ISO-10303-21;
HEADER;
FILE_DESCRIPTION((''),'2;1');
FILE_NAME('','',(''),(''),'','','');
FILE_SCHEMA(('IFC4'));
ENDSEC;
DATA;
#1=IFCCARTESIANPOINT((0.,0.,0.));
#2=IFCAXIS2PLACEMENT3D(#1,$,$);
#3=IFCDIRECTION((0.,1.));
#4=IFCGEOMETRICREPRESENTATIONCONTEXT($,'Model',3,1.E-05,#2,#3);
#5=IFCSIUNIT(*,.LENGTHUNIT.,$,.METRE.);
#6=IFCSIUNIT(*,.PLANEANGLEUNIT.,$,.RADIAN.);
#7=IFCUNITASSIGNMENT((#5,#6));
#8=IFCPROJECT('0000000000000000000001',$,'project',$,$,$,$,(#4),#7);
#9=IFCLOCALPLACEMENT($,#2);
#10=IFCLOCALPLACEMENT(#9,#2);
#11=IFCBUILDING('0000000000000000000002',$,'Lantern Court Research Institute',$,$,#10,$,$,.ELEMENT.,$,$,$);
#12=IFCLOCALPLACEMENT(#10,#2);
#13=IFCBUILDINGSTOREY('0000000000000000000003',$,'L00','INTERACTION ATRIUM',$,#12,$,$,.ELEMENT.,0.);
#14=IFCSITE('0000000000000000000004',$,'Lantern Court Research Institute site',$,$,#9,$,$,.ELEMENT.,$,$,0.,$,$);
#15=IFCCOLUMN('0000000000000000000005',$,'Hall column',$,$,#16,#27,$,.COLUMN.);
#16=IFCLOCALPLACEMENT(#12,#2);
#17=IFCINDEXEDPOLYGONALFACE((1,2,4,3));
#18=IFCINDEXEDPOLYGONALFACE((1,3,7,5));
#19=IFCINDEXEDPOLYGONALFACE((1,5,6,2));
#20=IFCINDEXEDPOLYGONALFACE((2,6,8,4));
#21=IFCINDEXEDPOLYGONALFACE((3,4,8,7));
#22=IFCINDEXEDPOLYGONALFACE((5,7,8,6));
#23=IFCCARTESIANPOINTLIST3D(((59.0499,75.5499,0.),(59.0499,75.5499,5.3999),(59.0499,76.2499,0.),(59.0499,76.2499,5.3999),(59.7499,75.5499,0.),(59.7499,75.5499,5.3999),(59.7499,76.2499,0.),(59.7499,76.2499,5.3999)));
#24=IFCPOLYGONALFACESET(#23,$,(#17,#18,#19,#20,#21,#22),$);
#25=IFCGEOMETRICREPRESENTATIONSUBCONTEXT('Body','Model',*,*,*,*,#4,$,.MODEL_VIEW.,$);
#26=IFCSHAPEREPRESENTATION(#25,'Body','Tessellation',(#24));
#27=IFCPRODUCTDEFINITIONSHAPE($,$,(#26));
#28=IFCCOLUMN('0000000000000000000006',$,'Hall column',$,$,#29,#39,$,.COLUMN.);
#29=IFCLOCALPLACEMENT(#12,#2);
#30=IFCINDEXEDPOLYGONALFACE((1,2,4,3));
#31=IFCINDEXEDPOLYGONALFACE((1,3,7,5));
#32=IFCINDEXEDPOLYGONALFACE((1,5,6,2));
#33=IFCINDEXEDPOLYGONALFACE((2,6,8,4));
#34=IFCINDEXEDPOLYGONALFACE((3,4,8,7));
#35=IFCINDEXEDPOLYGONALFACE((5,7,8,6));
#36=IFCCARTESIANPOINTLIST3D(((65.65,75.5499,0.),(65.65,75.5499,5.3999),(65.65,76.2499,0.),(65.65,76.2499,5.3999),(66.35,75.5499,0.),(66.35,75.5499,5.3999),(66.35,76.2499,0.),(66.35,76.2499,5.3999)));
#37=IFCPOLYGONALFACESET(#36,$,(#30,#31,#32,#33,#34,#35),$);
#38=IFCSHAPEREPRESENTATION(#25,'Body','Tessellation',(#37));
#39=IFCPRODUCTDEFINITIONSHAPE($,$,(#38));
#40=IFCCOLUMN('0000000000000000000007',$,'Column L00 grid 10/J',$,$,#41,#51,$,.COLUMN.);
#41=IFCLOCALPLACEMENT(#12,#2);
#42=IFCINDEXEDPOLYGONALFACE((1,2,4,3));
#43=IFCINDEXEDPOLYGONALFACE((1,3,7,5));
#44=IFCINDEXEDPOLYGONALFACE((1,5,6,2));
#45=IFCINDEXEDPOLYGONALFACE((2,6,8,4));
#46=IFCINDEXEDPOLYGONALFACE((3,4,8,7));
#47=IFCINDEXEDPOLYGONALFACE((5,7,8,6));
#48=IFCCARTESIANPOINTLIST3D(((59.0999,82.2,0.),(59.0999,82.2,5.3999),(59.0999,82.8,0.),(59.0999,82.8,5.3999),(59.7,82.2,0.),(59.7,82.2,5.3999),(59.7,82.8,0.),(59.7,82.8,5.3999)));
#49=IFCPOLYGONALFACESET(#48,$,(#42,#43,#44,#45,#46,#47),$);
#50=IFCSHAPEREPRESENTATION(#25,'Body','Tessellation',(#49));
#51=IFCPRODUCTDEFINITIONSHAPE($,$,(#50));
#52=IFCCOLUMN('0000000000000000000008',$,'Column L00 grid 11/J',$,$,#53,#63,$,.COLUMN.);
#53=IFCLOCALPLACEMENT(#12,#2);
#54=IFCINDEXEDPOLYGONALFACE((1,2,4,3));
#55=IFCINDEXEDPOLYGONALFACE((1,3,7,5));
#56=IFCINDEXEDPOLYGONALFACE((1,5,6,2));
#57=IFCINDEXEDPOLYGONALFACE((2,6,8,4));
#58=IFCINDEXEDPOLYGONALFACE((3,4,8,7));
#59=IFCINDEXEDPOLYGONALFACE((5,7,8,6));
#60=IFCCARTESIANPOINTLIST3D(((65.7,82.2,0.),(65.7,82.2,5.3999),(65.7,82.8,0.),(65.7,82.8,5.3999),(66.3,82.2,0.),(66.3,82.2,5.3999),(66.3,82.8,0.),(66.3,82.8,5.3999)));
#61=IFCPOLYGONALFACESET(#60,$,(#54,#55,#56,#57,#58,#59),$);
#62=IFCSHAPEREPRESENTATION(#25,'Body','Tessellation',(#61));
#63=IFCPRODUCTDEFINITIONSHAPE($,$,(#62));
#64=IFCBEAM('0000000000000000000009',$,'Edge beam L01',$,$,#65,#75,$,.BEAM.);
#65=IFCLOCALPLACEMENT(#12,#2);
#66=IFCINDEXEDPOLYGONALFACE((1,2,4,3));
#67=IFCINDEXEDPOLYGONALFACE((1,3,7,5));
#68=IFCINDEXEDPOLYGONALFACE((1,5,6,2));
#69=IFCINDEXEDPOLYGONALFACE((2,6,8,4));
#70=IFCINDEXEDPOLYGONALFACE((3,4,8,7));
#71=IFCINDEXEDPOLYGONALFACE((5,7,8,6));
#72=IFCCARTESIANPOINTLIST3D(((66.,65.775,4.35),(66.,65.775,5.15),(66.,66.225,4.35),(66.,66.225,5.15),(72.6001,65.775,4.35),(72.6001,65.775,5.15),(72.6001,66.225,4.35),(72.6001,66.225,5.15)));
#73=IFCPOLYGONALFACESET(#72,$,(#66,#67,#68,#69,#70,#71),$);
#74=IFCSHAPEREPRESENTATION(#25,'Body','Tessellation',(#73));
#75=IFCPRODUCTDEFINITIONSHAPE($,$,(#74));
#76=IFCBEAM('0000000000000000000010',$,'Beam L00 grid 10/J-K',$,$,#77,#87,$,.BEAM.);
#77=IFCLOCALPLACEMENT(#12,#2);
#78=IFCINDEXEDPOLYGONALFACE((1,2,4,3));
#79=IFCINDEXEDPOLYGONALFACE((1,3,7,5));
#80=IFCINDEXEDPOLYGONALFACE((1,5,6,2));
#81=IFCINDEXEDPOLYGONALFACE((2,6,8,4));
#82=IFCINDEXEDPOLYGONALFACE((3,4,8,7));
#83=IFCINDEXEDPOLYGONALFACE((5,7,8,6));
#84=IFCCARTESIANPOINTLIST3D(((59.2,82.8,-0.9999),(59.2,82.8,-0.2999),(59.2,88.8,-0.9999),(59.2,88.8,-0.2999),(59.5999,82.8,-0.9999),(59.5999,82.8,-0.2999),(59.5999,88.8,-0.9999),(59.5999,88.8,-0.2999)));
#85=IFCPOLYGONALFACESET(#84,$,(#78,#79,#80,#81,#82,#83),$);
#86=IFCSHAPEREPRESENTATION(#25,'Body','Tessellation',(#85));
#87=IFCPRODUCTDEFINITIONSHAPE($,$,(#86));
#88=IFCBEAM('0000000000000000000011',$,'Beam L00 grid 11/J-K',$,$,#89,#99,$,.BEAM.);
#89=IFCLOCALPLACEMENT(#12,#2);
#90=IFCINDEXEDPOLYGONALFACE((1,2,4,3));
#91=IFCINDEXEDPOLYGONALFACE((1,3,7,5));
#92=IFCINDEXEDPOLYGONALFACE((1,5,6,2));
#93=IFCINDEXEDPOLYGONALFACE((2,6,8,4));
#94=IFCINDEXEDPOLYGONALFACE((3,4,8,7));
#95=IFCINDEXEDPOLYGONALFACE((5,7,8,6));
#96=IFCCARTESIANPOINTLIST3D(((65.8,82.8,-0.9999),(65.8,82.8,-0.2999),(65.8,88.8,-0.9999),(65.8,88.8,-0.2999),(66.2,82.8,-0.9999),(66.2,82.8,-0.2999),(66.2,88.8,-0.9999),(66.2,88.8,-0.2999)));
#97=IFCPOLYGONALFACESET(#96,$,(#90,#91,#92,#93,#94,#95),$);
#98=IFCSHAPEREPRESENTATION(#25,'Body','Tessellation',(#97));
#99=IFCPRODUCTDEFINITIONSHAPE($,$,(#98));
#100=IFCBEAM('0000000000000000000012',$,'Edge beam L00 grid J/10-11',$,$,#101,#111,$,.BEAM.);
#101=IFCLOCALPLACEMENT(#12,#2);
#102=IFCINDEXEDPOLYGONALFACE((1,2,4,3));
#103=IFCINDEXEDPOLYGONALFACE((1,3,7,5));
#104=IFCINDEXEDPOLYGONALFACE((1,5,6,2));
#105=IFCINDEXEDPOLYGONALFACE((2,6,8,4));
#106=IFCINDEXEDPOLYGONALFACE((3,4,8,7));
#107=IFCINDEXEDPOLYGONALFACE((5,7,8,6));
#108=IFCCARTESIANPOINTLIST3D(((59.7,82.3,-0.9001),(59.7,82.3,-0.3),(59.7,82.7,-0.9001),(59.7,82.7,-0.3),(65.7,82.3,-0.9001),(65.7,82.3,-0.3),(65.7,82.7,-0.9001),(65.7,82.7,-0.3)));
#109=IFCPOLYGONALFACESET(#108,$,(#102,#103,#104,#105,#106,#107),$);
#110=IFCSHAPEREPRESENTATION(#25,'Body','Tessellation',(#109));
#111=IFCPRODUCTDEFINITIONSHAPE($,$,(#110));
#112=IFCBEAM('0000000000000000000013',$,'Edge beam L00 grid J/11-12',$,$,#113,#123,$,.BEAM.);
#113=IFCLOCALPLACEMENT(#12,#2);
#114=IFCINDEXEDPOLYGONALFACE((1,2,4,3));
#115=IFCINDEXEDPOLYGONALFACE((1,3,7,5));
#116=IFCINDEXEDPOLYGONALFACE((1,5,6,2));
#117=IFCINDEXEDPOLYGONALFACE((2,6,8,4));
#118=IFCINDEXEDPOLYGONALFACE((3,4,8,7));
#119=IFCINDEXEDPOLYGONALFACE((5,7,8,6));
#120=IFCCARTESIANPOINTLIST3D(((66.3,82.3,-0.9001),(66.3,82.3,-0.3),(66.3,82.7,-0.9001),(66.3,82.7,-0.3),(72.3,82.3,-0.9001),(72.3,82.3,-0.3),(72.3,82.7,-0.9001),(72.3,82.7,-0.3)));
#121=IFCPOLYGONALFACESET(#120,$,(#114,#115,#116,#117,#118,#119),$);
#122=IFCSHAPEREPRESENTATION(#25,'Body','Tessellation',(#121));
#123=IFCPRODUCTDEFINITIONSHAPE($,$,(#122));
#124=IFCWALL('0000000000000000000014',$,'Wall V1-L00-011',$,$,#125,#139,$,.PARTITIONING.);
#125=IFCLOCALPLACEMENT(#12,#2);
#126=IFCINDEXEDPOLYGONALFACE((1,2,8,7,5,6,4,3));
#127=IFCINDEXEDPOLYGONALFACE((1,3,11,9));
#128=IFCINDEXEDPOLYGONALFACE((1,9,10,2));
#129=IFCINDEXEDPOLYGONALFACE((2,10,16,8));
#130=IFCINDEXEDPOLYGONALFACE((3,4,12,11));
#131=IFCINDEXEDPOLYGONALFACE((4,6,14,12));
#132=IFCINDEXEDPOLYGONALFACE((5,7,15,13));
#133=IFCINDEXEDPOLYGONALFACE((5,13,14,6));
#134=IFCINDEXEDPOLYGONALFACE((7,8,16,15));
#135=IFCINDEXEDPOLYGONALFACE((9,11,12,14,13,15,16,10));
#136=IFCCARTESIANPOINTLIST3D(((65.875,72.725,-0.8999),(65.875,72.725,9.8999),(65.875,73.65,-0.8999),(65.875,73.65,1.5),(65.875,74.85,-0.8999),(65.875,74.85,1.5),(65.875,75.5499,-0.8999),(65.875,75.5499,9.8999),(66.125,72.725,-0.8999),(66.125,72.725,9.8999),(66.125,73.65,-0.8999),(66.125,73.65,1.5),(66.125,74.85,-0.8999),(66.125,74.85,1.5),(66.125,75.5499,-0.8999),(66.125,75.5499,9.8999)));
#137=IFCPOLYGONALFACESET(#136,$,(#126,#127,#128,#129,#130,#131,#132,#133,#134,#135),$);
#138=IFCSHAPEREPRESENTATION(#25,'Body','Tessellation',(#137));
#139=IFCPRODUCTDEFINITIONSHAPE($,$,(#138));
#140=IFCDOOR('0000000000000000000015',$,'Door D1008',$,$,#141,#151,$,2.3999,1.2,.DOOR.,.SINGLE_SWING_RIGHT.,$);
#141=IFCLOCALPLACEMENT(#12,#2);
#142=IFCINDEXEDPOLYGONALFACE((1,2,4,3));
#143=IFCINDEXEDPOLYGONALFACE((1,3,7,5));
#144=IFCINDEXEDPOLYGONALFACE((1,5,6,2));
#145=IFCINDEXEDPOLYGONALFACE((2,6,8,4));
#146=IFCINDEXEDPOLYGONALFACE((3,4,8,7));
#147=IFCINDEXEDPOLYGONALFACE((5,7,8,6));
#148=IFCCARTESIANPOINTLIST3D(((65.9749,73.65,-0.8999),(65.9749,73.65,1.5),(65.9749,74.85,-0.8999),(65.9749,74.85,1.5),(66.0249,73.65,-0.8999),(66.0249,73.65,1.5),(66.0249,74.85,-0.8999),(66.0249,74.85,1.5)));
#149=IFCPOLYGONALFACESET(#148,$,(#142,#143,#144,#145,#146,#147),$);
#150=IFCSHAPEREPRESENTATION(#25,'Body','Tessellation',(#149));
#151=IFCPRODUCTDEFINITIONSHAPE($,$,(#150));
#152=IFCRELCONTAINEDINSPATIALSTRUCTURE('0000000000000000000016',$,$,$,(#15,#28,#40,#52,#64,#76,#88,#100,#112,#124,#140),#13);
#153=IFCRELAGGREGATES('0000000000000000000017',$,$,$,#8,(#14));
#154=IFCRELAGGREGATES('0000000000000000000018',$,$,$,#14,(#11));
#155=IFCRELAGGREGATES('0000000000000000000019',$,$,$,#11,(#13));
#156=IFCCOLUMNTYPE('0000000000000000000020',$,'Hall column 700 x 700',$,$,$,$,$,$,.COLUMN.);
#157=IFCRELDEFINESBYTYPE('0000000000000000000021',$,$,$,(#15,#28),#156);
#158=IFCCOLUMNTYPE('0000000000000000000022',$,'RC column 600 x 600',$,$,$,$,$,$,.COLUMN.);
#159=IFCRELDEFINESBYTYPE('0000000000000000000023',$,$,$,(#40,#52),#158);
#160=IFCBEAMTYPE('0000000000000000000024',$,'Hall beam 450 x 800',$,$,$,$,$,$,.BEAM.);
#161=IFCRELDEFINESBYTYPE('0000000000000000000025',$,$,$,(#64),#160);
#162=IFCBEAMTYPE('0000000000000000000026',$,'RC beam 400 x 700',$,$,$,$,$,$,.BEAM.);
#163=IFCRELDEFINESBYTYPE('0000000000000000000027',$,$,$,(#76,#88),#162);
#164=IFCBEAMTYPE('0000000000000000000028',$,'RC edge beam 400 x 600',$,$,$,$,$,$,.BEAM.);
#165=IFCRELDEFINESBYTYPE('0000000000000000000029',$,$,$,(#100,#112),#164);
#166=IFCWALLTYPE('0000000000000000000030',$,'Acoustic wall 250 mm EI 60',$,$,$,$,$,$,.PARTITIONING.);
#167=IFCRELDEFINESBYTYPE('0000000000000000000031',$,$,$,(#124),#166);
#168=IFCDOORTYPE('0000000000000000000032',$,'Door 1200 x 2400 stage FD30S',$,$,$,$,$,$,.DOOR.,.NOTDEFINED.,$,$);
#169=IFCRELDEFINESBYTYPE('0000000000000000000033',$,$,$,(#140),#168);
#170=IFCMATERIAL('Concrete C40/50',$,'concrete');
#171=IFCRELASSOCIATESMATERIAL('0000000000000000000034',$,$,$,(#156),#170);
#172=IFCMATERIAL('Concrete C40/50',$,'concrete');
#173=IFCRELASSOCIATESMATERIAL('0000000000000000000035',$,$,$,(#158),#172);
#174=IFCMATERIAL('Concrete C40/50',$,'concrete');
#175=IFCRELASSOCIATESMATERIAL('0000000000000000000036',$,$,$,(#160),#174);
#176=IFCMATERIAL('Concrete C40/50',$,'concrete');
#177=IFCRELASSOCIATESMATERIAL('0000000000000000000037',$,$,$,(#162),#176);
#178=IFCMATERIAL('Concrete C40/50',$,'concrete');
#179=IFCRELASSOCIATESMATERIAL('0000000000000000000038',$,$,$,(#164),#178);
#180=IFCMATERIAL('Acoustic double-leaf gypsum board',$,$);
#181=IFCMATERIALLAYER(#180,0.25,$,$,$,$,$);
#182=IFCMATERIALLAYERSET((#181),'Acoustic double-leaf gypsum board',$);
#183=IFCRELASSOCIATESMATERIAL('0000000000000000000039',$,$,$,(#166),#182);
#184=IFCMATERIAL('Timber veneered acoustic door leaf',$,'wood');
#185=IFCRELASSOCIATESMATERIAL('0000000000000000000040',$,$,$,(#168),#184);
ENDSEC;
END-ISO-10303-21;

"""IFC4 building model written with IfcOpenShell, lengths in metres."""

from ifc_helpers import new_model, si_unit, direction, frame, frame_2d, origin, origin_2d, place, context, subcontext, project, spatial, rectangle, extrude, material, layer, layer_set, material_profile, profile_set, type_object, element, fill, save


model = new_model("IFC4")

# Units and contexts
model_context = context("Model", 3, precision=1e-05, world=origin(), true_north=direction((0.0, 1.0)))
body_context = subcontext(model_context, "Body", "Model", "MODEL_VIEW")
ifc_project = project(units=[si_unit("LENGTHUNIT", "METRE"), si_unit("PLANEANGLEUNIT", "RADIAN")], contexts=[model_context])

# Site, building, storey
site_placement = place(None, origin())
site = spatial("IfcSite", under=ifc_project, at=site_placement, Name="Lantern Court Research Institute site", CompositionType="ELEMENT", RefElevation=0.0)
building_placement = place(site_placement, origin())
building = spatial("IfcBuilding", under=site, at=building_placement, Name="Lantern Court Research Institute", CompositionType="ELEMENT")
storey_placement = place(building_placement, origin())
storey = spatial("IfcBuildingStorey", under=building, at=storey_placement, Name="L00", Description="INTERACTION ATRIUM", CompositionType="ELEMENT", Elevation=0.0)

# Columns
ifc_material_1 = material(Name="Concrete C40/50", Category="concrete")
ifc_material_profile_1 = material_profile(ifc_material_1, rectangle(XDim=0.7, YDim=0.7, at=origin_2d()), Name="Hall column 700 x 700")
ifc_profile_set_1 = profile_set([ifc_material_profile_1], Name="Concrete C40/50")
column_type_1 = type_object("IfcColumnType", Name="Hall column 700 x 700", PredefinedType="COLUMN", material=ifc_profile_set_1)
for number, where, z_axis, x_axis, name in (
    (1, (59.3999, 75.8999, 0.0), (0.0, 0.0, 1.0), (1.0, 0.0, 0.0), "Hall column"),
    (2, (66.0, 75.8999, 0.0), (0.0, 0.0, 1.0), (1.0, 0.0, 0.0), "Hall column"),
):
    element("IfcColumn", number, at=place(storey_placement, frame(where, z_axis=z_axis, x_axis=x_axis)), inside=storey, type_object=column_type_1, Name=name, PredefinedType="COLUMN", context=body_context, shape_type="SweptSolid", body=[
        extrude(rectangle(XDim=0.7, YDim=0.7, at=origin_2d()), origin(), (0.0, 0.0, 1.0), 5.3999),
    ])
ifc_material_2 = material(Name="Concrete C40/50", Category="concrete")
ifc_material_profile_2 = material_profile(ifc_material_2, rectangle(XDim=0.6001, YDim=0.6001, at=origin_2d()), Name="RC column 600 x 600")
ifc_profile_set_2 = profile_set([ifc_material_profile_2], Name="Concrete C40/50")
column_type_2 = type_object("IfcColumnType", Name="RC column 600 x 600", PredefinedType="COLUMN", material=ifc_profile_set_2)
for number, where, z_axis, x_axis, name in (
    (3, (59.3999, 82.5, 0.0), (0.0, 0.0, 1.0), (1.0, 0.0, 0.0), "Column L00 grid 10/J"),
    (4, (66.0, 82.5, 0.0), (0.0, 0.0, 1.0), (1.0, 0.0, 0.0), "Column L00 grid 11/J"),
):
    element("IfcColumn", number, at=place(storey_placement, frame(where, z_axis=z_axis, x_axis=x_axis)), inside=storey, type_object=column_type_2, Name=name, PredefinedType="COLUMN", context=body_context, shape_type="SweptSolid", body=[
        extrude(rectangle(XDim=0.6001, YDim=0.6001, at=origin_2d()), origin(), (0.0, 0.0, 1.0), 5.3999),
    ])

# Beams
ifc_material_3 = material(Name="Concrete C40/50", Category="concrete")
ifc_material_profile_3 = material_profile(ifc_material_3, rectangle(XDim=0.45, YDim=0.8, at=origin_2d()), Name="Hall beam 450 x 800")
ifc_profile_set_3 = profile_set([ifc_material_profile_3], Name="Concrete C40/50")
beam_type_1 = type_object("IfcBeamType", Name="Hall beam 450 x 800", PredefinedType="BEAM", material=ifc_profile_set_3)
beam_placement = place(storey_placement, frame((66.0, 66.0, 4.75), z_axis=(1.0, 0.0, 0.0), x_axis=(0.0, 1.0, 0.0)))
element("IfcBeam", 5, at=beam_placement, inside=storey, type_object=beam_type_1, Name="Edge beam L01", PredefinedType="BEAM", context=body_context, shape_type="SweptSolid", body=[
    extrude(rectangle(XDim=0.45, YDim=0.8, at=origin_2d()), origin(), (0.0, 0.0, 1.0), 6.6001),
])
ifc_material_4 = material(Name="Concrete C40/50", Category="concrete")
ifc_material_profile_4 = material_profile(ifc_material_4, rectangle(XDim=0.3999, YDim=0.7, at=origin_2d()), Name="RC beam 400 x 700")
ifc_profile_set_4 = profile_set([ifc_material_profile_4], Name="Concrete C40/50")
beam_type_2 = type_object("IfcBeamType", Name="RC beam 400 x 700", PredefinedType="BEAM", material=ifc_profile_set_4)
for number, where, z_axis, x_axis, name in (
    (6, (59.3999, 82.8, -0.6499), (0.0, 1.0, 0.0), (-1.0, 0.0, 0.0), "Beam L00 grid 10/J-K"),
    (7, (66.0, 82.8, -0.6499), (0.0, 1.0, 0.0), (-1.0, 0.0, 0.0), "Beam L00 grid 11/J-K"),
):
    element("IfcBeam", number, at=place(storey_placement, frame(where, z_axis=z_axis, x_axis=x_axis)), inside=storey, type_object=beam_type_2, Name=name, PredefinedType="BEAM", context=body_context, shape_type="SweptSolid", body=[
        extrude(rectangle(XDim=0.3999, YDim=0.7, at=origin_2d()), origin(), (0.0, 0.0, 1.0), 6.0),
    ])
ifc_material_5 = material(Name="Concrete C40/50", Category="concrete")
ifc_material_profile_5 = material_profile(ifc_material_5, rectangle(XDim=0.3999, YDim=0.6001, at=origin_2d()), Name="RC beam 400 x 600")
ifc_profile_set_5 = profile_set([ifc_material_profile_5], Name="Concrete C40/50")
beam_type_3 = type_object("IfcBeamType", Name="RC edge beam 400 x 600", PredefinedType="BEAM", material=ifc_profile_set_5)
for number, where, z_axis, x_axis, name in (
    (8, (59.7, 82.5, -0.6001), (1.0, 0.0, 0.0), (0.0, 1.0, 0.0), "Edge beam L00 grid J/10-11"),
    (9, (66.3, 82.5, -0.6001), (1.0, 0.0, 0.0), (0.0, 1.0, 0.0), "Edge beam L00 grid J/11-12"),
):
    element("IfcBeam", number, at=place(storey_placement, frame(where, z_axis=z_axis, x_axis=x_axis)), inside=storey, type_object=beam_type_3, Name=name, PredefinedType="BEAM", context=body_context, shape_type="SweptSolid", body=[
        extrude(rectangle(XDim=0.3999, YDim=0.6001, at=origin_2d()), origin(), (0.0, 0.0, 1.0), 6.0),
    ])

# Wall, opening, door
ifc_material_6 = material(Name="Acoustic double-leaf gypsum board")
ifc_layer_1 = layer(ifc_material_6, 0.25)
ifc_layer_set_1 = layer_set([ifc_layer_1], Name="Acoustic double-leaf gypsum board")
wall_type_1 = type_object("IfcWallType", Name="Acoustic wall 250 mm EI 60", PredefinedType="PARTITIONING", material=ifc_layer_set_1)
wall_1_placement = place(storey_placement, frame((66.0, 75.55, -0.8999), z_axis=(0.0, 0.0, 1.0), x_axis=(0.0, -1.0, 0.0)))
wall_1 = element("IfcWall", 10, at=wall_1_placement, inside=storey, type_object=wall_type_1, Name="Wall V1-L00-011", PredefinedType="PARTITIONING", context=body_context, shape_type="SweptSolid", body=[
    extrude(rectangle(XDim=2.825, YDim=0.25, at=frame_2d((1.4126, 0.0))), origin(), (0.0, 0.0, 1.0), 10.7998),
])
opening_1_placement = place(wall_1_placement, frame((0.7, 0.0, 0.0)))
opening_1 = element("IfcOpeningElement", 11, at=opening_1_placement, cuts=wall_1, PredefinedType="OPENING", context=body_context, shape_type="SweptSolid", body=[
    extrude(rectangle(XDim=1.2, YDim=2.3999, at=frame_2d((0.6001, 1.2))), frame((0.0, 0.135, 0.0), z_axis=(0.0, -1.0, 0.0), x_axis=(1.0, 0.0, 0.0)), (0.0, 0.0, 1.0), 0.27),
])
ifc_material_7 = material(Name="Timber veneered acoustic door leaf", Category="wood")
door_type = type_object("IfcDoorType", Name="Door 1200 x 2400 stage FD30S", OperationType="NOTDEFINED", PredefinedType="DOOR", material=ifc_material_7)
door_placement = place(opening_1_placement, origin())
door = element("IfcDoor", 12, at=door_placement, inside=storey, type_object=door_type, Name="Door D1008", OperationType="SINGLE_SWING_RIGHT", OverallHeight=2.3999, OverallWidth=1.2, PredefinedType="DOOR", context=body_context, shape_type="SweptSolid", body=[
    extrude(rectangle(XDim=1.2, YDim=2.3999, at=frame_2d((0.6001, 1.2))), frame((0.0, 0.0249, 0.0), z_axis=(0.0, -1.0, 0.0), x_axis=(1.0, 0.0, 0.0)), (0.0, 0.0, 1.0), 0.05),
])
fill(opening_1, door)

save(model, "model.ifc")
